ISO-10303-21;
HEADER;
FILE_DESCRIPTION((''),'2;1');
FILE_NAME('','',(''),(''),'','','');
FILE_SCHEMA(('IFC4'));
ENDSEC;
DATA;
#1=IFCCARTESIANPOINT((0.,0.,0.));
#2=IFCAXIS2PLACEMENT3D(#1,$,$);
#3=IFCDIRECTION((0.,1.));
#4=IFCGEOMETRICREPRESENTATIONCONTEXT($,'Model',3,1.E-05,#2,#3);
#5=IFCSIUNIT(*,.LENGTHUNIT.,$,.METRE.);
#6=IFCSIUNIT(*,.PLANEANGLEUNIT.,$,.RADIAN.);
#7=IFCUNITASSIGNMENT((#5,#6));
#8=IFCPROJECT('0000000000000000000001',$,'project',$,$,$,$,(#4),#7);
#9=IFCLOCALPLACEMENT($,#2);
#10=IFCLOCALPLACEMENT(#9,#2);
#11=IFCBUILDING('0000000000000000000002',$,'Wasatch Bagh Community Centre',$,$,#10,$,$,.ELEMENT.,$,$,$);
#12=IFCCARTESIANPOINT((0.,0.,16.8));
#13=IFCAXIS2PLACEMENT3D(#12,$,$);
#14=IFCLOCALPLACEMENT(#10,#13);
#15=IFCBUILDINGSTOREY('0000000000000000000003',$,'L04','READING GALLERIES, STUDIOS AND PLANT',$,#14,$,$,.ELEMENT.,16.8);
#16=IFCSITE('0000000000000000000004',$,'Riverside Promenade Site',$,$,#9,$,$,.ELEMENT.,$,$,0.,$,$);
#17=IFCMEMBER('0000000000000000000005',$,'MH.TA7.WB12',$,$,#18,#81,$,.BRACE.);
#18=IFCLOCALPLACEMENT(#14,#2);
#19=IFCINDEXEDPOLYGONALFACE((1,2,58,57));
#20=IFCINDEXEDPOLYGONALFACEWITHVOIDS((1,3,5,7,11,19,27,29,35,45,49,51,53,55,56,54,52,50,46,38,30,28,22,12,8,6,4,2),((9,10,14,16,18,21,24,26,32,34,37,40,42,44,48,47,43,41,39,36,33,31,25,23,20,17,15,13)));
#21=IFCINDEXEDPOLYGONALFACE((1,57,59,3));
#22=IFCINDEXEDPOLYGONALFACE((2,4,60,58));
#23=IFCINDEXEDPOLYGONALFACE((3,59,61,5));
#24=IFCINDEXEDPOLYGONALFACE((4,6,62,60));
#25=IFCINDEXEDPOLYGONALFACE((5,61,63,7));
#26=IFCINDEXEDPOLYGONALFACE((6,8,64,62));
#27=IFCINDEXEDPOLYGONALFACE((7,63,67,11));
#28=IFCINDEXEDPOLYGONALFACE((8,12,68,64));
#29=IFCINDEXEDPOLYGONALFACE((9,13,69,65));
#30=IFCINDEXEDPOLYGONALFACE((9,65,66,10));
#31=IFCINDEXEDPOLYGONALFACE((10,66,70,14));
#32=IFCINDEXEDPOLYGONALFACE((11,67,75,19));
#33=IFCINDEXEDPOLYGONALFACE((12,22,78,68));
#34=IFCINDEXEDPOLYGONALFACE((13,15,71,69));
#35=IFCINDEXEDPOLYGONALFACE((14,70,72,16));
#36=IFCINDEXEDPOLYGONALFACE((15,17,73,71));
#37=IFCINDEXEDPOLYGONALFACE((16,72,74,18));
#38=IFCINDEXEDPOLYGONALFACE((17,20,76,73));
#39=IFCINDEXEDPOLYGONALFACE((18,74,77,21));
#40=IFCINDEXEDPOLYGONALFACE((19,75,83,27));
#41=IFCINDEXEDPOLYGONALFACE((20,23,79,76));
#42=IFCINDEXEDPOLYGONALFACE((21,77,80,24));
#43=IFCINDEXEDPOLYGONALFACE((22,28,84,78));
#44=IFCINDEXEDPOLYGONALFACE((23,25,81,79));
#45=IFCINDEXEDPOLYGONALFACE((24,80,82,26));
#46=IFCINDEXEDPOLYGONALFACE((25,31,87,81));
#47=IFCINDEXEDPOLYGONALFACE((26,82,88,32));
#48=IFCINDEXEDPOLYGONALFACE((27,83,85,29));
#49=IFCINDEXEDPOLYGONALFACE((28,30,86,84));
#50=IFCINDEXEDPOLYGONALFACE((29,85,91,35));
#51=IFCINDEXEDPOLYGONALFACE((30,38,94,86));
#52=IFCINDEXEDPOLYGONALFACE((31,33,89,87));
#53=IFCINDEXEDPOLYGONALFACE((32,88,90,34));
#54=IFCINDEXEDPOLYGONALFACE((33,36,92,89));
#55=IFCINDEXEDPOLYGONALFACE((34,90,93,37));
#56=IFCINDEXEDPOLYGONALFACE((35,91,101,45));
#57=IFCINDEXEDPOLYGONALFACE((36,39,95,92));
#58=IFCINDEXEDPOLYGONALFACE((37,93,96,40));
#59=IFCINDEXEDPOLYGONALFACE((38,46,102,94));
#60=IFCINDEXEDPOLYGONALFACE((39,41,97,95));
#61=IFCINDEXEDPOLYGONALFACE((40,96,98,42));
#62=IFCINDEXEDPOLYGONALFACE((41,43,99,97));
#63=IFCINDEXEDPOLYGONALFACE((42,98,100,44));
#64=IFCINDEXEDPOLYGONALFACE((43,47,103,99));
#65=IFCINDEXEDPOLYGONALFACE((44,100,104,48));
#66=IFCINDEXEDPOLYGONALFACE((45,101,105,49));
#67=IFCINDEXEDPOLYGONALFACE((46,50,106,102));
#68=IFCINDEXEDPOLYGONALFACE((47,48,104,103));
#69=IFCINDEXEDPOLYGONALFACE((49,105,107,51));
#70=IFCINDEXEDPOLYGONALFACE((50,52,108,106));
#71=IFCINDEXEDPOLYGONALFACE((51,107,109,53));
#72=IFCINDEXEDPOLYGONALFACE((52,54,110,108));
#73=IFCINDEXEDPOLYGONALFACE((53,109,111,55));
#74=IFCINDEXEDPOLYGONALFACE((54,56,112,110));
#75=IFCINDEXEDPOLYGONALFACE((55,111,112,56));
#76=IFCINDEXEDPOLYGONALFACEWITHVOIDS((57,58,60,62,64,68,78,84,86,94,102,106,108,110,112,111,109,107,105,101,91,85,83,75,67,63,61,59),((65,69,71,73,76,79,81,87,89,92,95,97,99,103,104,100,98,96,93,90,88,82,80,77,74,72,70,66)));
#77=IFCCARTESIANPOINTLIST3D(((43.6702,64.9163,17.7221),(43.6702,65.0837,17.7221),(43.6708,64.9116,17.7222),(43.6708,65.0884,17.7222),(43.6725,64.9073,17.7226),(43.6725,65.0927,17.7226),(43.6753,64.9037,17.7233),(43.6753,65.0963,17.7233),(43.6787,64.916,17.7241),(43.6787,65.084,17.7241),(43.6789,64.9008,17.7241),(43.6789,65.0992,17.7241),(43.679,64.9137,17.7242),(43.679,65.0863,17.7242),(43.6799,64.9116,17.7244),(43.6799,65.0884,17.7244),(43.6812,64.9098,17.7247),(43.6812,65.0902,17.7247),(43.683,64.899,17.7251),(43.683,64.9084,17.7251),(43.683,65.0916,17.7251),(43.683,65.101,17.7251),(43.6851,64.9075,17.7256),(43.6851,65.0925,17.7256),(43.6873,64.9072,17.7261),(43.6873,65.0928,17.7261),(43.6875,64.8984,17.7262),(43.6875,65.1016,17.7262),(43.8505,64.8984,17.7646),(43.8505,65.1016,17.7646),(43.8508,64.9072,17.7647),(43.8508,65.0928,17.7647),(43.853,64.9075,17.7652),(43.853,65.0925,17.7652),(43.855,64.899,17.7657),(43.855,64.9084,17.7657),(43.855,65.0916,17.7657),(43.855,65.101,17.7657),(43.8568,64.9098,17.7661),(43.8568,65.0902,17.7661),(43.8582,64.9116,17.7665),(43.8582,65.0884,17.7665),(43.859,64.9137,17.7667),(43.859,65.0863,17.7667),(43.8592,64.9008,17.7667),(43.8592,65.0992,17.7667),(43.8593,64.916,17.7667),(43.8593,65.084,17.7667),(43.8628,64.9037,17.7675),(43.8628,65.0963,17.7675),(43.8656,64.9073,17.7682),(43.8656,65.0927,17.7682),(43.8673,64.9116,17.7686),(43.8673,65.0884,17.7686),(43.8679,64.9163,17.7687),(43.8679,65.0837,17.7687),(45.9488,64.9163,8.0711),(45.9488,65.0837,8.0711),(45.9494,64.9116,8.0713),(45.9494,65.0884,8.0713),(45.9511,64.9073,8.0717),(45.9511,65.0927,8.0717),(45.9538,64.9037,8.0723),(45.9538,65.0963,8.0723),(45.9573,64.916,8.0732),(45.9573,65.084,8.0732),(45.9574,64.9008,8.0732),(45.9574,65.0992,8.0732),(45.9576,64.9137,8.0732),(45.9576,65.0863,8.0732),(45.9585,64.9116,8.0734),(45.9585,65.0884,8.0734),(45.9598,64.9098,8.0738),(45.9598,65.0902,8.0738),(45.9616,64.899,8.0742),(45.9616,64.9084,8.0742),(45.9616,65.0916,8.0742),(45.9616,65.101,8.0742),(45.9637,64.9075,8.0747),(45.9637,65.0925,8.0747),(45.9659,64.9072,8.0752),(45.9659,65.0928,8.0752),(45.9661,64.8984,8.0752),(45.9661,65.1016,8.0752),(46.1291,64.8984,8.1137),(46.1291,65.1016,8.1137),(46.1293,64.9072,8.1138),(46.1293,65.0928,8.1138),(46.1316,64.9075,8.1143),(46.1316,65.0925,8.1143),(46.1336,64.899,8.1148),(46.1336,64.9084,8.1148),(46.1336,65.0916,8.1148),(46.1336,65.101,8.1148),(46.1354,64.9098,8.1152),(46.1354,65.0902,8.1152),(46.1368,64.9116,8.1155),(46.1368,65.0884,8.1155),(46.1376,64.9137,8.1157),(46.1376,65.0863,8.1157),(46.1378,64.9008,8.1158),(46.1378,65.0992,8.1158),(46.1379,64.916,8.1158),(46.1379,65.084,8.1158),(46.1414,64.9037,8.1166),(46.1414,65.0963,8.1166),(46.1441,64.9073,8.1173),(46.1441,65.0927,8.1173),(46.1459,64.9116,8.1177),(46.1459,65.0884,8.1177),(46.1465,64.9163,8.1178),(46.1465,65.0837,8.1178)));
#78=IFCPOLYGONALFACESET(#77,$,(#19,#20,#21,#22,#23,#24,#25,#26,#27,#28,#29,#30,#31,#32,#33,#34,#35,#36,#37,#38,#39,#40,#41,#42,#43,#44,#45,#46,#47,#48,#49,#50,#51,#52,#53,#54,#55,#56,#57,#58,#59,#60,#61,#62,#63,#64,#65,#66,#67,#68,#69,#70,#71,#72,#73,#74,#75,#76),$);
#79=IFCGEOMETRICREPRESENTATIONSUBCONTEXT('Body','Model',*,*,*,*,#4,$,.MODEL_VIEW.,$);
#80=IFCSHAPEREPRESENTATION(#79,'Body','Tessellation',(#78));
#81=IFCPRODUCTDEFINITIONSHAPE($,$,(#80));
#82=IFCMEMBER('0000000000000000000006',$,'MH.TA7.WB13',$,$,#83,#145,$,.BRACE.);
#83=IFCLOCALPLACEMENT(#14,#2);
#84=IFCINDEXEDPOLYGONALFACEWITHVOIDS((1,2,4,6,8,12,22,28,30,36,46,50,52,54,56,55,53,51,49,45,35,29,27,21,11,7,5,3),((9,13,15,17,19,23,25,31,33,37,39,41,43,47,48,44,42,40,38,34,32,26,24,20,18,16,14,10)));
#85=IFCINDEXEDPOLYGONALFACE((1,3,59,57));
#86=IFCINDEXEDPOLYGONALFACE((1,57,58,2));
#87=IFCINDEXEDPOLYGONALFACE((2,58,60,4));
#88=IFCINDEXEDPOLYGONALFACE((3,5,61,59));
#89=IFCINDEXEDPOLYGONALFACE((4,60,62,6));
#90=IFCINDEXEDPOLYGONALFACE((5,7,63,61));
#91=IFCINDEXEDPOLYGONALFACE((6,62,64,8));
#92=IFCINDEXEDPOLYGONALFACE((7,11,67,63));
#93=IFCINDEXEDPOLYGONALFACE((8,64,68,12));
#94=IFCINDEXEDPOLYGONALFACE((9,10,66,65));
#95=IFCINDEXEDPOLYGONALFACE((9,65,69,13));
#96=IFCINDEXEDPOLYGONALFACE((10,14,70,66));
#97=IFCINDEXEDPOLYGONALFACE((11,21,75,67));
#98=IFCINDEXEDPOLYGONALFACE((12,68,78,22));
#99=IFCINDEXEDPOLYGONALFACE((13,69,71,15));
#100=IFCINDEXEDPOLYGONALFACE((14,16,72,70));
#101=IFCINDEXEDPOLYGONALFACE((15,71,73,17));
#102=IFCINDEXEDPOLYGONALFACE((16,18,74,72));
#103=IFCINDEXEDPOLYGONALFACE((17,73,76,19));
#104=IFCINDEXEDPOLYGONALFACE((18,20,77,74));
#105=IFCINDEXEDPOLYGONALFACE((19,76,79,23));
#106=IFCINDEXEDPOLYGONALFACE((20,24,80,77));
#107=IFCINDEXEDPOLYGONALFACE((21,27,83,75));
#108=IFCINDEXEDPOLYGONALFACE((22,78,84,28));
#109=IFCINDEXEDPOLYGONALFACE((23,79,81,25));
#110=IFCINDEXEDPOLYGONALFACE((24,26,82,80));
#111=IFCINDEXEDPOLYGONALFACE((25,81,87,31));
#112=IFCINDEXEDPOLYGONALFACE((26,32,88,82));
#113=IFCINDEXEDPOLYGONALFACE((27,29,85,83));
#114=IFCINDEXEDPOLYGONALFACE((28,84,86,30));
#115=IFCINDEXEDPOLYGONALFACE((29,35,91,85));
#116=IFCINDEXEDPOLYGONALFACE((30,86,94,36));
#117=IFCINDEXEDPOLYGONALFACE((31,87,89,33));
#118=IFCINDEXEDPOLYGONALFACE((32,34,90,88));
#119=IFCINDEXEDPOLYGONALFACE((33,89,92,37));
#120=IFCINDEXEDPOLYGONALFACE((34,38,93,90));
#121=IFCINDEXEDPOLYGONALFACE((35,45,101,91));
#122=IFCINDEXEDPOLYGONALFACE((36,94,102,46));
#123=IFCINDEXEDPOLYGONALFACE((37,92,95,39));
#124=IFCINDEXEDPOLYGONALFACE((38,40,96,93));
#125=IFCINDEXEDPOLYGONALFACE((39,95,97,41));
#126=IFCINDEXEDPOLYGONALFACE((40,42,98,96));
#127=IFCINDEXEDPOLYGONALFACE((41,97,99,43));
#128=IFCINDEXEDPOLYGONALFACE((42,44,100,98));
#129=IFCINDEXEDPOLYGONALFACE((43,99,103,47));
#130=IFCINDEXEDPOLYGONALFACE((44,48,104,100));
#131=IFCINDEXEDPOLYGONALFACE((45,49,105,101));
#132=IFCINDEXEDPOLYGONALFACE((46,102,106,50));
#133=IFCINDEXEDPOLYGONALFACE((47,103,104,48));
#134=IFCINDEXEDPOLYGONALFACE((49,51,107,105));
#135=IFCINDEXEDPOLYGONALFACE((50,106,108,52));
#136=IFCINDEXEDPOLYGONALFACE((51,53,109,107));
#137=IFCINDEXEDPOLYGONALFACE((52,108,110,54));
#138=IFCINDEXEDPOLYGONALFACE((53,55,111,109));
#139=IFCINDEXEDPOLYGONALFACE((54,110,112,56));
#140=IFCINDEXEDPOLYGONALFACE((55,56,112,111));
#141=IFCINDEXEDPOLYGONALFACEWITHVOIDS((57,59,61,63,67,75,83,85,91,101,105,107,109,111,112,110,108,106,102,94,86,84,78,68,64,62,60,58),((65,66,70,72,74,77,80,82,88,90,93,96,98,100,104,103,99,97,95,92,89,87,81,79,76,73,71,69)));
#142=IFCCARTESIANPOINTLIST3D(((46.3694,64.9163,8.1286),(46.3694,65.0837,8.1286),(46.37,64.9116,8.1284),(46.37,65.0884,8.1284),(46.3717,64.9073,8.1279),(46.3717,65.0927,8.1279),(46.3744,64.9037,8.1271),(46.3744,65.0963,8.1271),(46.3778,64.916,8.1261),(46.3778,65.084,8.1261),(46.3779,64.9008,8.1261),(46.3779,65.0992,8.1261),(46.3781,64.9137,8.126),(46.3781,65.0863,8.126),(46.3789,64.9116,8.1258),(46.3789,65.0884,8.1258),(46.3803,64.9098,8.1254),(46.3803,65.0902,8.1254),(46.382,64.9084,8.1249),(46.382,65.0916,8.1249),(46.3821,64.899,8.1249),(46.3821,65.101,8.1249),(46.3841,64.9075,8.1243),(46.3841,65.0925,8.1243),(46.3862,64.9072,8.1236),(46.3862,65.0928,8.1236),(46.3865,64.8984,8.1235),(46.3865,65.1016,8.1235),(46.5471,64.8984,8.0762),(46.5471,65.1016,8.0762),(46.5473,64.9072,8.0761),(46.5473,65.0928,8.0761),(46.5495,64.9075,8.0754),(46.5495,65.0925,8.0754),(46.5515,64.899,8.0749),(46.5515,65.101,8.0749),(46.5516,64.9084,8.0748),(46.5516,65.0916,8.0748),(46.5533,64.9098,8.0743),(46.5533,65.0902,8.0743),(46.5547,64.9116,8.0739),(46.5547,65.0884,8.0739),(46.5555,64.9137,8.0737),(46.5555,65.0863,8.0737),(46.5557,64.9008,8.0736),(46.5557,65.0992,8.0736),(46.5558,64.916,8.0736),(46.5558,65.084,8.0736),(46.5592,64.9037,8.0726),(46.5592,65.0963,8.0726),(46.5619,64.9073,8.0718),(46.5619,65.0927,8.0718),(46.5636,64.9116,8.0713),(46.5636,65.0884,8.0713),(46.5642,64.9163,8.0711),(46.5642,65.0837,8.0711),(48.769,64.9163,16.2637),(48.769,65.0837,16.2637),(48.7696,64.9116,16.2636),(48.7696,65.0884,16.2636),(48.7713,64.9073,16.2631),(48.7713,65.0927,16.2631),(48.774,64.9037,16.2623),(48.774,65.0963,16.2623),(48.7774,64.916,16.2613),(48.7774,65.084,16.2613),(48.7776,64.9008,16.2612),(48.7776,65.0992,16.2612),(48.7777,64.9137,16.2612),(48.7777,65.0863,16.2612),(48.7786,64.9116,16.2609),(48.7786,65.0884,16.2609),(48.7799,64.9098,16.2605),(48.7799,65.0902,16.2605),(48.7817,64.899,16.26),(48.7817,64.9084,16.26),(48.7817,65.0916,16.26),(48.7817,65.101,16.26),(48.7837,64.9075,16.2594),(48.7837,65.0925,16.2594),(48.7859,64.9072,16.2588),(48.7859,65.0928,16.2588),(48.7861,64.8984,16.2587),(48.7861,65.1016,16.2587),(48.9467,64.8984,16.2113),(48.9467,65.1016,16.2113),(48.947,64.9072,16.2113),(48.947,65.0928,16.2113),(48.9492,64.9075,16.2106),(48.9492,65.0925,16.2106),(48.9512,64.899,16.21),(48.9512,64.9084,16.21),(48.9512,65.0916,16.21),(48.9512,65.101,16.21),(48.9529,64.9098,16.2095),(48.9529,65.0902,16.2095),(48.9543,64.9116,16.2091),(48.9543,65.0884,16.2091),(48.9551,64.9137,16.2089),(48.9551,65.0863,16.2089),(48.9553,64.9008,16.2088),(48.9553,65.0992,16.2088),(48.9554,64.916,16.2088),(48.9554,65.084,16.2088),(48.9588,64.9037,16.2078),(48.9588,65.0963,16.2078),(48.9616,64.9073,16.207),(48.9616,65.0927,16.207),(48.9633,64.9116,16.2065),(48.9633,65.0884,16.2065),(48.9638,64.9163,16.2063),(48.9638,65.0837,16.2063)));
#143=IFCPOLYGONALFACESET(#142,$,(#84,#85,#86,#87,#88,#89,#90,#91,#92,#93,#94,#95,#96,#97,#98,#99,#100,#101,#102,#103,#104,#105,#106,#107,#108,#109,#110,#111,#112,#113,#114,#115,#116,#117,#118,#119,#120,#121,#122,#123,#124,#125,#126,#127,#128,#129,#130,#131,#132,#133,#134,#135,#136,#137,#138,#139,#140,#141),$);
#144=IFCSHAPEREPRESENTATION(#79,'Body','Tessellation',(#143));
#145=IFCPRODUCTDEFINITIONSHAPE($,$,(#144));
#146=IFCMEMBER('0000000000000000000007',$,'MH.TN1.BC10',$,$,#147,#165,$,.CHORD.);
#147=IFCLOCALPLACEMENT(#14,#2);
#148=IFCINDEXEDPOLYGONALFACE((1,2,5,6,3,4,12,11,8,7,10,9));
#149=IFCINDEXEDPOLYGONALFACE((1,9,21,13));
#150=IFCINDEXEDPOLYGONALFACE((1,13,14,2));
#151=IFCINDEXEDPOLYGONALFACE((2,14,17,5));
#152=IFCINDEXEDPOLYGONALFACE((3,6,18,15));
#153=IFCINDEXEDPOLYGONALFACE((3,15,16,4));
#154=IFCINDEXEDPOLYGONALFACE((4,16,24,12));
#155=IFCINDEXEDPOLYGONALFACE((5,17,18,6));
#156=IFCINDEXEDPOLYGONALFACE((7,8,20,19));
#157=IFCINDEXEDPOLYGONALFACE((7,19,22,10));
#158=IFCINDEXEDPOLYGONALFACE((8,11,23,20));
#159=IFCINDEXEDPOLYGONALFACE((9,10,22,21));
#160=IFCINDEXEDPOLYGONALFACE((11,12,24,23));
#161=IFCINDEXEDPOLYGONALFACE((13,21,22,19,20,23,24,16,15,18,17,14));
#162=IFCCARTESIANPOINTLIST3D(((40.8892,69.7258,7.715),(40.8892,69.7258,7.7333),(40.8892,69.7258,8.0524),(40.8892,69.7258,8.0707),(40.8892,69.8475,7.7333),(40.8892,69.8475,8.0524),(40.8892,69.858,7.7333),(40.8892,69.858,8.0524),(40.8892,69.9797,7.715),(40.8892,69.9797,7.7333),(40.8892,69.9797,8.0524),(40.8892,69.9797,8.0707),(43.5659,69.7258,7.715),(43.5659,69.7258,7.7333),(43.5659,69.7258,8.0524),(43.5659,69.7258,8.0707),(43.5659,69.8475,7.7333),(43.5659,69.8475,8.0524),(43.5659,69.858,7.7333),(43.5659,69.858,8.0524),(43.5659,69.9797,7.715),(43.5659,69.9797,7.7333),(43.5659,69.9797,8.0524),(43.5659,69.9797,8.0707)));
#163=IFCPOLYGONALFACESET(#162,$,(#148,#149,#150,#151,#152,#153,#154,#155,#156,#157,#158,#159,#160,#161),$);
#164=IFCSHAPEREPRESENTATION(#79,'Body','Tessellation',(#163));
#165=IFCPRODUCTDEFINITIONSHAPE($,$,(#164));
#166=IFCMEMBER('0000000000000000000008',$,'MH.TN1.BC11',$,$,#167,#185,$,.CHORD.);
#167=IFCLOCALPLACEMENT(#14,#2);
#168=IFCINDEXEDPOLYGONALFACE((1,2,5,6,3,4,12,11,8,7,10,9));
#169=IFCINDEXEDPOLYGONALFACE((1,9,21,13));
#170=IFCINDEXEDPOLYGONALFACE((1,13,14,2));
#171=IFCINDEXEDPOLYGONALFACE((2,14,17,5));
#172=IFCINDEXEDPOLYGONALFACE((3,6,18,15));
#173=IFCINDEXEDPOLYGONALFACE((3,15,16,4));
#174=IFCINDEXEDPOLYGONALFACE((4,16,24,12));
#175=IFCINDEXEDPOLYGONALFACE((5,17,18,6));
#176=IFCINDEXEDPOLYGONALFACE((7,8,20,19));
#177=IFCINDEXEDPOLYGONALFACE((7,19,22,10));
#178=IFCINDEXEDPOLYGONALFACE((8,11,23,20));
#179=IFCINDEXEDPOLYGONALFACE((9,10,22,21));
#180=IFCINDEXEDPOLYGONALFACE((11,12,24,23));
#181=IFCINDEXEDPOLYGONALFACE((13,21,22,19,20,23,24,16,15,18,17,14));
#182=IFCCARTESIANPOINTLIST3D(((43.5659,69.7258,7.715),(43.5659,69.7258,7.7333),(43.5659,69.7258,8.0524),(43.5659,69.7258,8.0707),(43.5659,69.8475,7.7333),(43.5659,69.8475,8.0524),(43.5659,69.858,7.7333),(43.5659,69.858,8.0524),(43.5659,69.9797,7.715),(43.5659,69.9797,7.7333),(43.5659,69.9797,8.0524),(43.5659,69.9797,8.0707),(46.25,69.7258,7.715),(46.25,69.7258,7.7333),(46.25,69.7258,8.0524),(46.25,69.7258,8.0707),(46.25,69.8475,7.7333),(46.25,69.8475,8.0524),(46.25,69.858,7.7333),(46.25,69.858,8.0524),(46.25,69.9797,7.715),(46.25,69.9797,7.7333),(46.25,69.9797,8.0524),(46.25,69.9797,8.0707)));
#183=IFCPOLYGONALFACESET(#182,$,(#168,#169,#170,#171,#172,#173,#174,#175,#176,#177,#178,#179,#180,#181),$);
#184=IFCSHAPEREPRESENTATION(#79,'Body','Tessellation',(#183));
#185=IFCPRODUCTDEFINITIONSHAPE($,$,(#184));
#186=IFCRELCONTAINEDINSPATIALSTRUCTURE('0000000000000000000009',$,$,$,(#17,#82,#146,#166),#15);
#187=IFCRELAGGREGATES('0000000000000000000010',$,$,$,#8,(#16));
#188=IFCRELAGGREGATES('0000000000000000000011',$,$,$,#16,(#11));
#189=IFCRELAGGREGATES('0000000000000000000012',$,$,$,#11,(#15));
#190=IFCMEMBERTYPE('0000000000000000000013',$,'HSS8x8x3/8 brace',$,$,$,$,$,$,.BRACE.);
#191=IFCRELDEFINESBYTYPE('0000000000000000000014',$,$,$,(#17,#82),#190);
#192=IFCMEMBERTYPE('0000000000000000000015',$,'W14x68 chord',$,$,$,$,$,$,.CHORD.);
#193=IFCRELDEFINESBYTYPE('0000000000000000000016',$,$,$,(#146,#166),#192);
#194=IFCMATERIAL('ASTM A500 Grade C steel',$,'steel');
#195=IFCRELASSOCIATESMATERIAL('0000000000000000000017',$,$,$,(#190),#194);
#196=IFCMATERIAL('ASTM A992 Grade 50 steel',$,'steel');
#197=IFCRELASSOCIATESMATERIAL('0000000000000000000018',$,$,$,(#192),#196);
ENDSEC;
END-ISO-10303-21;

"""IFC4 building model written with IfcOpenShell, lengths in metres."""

from ifc_helpers import new_model, si_unit, direction, frame, origin, origin_2d, place, context, subcontext, project, spatial, hollow_rectangle, i_section, extrude, material, material_profile, profile_set, type_object, element, save


model = new_model("IFC4")

# Units and contexts
model_context = context("Model", 3, precision=1e-05, world=origin(), true_north=direction((0.0, 1.0)))
body_context = subcontext(model_context, "Body", "Model", "MODEL_VIEW")
ifc_project = project(units=[si_unit("LENGTHUNIT", "METRE"), si_unit("PLANEANGLEUNIT", "RADIAN")], contexts=[model_context])

# Site, building, storey
site_placement = place(None, origin())
site = spatial("IfcSite", under=ifc_project, at=site_placement, Name="Riverside Promenade Site", CompositionType="ELEMENT", RefElevation=0.0)
building_placement = place(site_placement, origin())
building = spatial("IfcBuilding", under=site, at=building_placement, Name="Wasatch Bagh Community Centre", CompositionType="ELEMENT")
storey_placement = place(building_placement, frame((0.0, 0.0, 16.8)))
storey = spatial("IfcBuildingStorey", under=building, at=storey_placement, Name="L04", Description="READING GALLERIES, STUDIOS AND PLANT", CompositionType="ELEMENT", Elevation=16.8)

# Members
ifc_material_1 = material(Name="ASTM A500 Grade C steel", Category="steel")
ifc_material_profile_1 = material_profile(ifc_material_1, hollow_rectangle(XDim=0.2031, YDim=0.2031, WallThickness=0.0088, InnerFilletRadius=0.0088, OuterFilletRadius=0.0178, at=origin_2d()), Name="HSS8x8x3/8")
ifc_profile_set_1 = profile_set([ifc_material_profile_1], Name="ASTM A500 Grade C steel")
member_type_1 = type_object("IfcMemberType", Name="HSS8x8x3/8 brace", PredefinedType="BRACE", material=ifc_profile_set_1)
member_1_placement = place(storey_placement, frame((46.0476, 65.0, 8.0945), z_axis=(-0.229782, 0.0, 0.973242), x_axis=(0.0, -1.0, 0.0)))
element("IfcMember", 1, at=member_1_placement, inside=storey, type_object=member_type_1, Name="MH.TA7.WB12", PredefinedType="BRACE", context=body_context, shape_type="SweptSolid", body=[
    extrude(hollow_rectangle(XDim=0.2031, YDim=0.2031, WallThickness=0.0088, InnerFilletRadius=0.0088, OuterFilletRadius=0.0178, at=origin_2d()), origin(), (0.0, 0.0, 1.0), 9.9163),
])
member_2_placement = place(storey_placement, frame((46.4668, 65.0, 8.0999), z_axis=(0.282919, 0.0, 0.959144), x_axis=(0.0, 1.0, 0.0)))
element("IfcMember", 2, at=member_2_placement, inside=storey, type_object=member_type_1, Name="MH.TA7.WB13", PredefinedType="BRACE", context=body_context, shape_type="SweptSolid", body=[
    extrude(hollow_rectangle(XDim=0.2031, YDim=0.2031, WallThickness=0.0088, InnerFilletRadius=0.0088, OuterFilletRadius=0.0178, at=origin_2d()), origin(), (0.0, 0.0, 1.0), 8.4817),
])
ifc_material_2 = material(Name="ASTM A992 Grade 50 steel", Category="steel")
ifc_material_profile_2 = material_profile(ifc_material_2, i_section(OverallWidth=0.2539, OverallDepth=0.3557, WebThickness=0.0105, FlangeThickness=0.0183, at=origin_2d()), Name="W14x68")
ifc_profile_set_2 = profile_set([ifc_material_profile_2], Name="ASTM A992 Grade 50 steel")
member_type_2 = type_object("IfcMemberType", Name="W14x68 chord", PredefinedType="CHORD", material=ifc_profile_set_2)
member_3_placement = place(storey_placement, frame((40.8892, 69.8528, 7.8928), z_axis=(1.0, 0.0, 0.0), x_axis=(0.0, 1.0, 0.0)))
element("IfcMember", 3, at=member_3_placement, inside=storey, type_object=member_type_2, Name="MH.TN1.BC10", PredefinedType="CHORD", context=body_context, shape_type="SweptSolid", body=[
    extrude(i_section(OverallWidth=0.2539, OverallDepth=0.3557, WebThickness=0.0105, FlangeThickness=0.0183, at=origin_2d()), origin(), (0.0, 0.0, 1.0), 2.6768),
])
member_4_placement = place(storey_placement, frame((43.5659, 69.8528, 7.8928), z_axis=(1.0, 0.0, 0.0), x_axis=(0.0, 1.0, 0.0)))
element("IfcMember", 4, at=member_4_placement, inside=storey, type_object=member_type_2, Name="MH.TN1.BC11", PredefinedType="CHORD", context=body_context, shape_type="SweptSolid", body=[
    extrude(i_section(OverallWidth=0.2539, OverallDepth=0.3557, WebThickness=0.0105, FlangeThickness=0.0183, at=origin_2d()), origin(), (0.0, 0.0, 1.0), 2.6841),
])

save(model, "model.ifc")
